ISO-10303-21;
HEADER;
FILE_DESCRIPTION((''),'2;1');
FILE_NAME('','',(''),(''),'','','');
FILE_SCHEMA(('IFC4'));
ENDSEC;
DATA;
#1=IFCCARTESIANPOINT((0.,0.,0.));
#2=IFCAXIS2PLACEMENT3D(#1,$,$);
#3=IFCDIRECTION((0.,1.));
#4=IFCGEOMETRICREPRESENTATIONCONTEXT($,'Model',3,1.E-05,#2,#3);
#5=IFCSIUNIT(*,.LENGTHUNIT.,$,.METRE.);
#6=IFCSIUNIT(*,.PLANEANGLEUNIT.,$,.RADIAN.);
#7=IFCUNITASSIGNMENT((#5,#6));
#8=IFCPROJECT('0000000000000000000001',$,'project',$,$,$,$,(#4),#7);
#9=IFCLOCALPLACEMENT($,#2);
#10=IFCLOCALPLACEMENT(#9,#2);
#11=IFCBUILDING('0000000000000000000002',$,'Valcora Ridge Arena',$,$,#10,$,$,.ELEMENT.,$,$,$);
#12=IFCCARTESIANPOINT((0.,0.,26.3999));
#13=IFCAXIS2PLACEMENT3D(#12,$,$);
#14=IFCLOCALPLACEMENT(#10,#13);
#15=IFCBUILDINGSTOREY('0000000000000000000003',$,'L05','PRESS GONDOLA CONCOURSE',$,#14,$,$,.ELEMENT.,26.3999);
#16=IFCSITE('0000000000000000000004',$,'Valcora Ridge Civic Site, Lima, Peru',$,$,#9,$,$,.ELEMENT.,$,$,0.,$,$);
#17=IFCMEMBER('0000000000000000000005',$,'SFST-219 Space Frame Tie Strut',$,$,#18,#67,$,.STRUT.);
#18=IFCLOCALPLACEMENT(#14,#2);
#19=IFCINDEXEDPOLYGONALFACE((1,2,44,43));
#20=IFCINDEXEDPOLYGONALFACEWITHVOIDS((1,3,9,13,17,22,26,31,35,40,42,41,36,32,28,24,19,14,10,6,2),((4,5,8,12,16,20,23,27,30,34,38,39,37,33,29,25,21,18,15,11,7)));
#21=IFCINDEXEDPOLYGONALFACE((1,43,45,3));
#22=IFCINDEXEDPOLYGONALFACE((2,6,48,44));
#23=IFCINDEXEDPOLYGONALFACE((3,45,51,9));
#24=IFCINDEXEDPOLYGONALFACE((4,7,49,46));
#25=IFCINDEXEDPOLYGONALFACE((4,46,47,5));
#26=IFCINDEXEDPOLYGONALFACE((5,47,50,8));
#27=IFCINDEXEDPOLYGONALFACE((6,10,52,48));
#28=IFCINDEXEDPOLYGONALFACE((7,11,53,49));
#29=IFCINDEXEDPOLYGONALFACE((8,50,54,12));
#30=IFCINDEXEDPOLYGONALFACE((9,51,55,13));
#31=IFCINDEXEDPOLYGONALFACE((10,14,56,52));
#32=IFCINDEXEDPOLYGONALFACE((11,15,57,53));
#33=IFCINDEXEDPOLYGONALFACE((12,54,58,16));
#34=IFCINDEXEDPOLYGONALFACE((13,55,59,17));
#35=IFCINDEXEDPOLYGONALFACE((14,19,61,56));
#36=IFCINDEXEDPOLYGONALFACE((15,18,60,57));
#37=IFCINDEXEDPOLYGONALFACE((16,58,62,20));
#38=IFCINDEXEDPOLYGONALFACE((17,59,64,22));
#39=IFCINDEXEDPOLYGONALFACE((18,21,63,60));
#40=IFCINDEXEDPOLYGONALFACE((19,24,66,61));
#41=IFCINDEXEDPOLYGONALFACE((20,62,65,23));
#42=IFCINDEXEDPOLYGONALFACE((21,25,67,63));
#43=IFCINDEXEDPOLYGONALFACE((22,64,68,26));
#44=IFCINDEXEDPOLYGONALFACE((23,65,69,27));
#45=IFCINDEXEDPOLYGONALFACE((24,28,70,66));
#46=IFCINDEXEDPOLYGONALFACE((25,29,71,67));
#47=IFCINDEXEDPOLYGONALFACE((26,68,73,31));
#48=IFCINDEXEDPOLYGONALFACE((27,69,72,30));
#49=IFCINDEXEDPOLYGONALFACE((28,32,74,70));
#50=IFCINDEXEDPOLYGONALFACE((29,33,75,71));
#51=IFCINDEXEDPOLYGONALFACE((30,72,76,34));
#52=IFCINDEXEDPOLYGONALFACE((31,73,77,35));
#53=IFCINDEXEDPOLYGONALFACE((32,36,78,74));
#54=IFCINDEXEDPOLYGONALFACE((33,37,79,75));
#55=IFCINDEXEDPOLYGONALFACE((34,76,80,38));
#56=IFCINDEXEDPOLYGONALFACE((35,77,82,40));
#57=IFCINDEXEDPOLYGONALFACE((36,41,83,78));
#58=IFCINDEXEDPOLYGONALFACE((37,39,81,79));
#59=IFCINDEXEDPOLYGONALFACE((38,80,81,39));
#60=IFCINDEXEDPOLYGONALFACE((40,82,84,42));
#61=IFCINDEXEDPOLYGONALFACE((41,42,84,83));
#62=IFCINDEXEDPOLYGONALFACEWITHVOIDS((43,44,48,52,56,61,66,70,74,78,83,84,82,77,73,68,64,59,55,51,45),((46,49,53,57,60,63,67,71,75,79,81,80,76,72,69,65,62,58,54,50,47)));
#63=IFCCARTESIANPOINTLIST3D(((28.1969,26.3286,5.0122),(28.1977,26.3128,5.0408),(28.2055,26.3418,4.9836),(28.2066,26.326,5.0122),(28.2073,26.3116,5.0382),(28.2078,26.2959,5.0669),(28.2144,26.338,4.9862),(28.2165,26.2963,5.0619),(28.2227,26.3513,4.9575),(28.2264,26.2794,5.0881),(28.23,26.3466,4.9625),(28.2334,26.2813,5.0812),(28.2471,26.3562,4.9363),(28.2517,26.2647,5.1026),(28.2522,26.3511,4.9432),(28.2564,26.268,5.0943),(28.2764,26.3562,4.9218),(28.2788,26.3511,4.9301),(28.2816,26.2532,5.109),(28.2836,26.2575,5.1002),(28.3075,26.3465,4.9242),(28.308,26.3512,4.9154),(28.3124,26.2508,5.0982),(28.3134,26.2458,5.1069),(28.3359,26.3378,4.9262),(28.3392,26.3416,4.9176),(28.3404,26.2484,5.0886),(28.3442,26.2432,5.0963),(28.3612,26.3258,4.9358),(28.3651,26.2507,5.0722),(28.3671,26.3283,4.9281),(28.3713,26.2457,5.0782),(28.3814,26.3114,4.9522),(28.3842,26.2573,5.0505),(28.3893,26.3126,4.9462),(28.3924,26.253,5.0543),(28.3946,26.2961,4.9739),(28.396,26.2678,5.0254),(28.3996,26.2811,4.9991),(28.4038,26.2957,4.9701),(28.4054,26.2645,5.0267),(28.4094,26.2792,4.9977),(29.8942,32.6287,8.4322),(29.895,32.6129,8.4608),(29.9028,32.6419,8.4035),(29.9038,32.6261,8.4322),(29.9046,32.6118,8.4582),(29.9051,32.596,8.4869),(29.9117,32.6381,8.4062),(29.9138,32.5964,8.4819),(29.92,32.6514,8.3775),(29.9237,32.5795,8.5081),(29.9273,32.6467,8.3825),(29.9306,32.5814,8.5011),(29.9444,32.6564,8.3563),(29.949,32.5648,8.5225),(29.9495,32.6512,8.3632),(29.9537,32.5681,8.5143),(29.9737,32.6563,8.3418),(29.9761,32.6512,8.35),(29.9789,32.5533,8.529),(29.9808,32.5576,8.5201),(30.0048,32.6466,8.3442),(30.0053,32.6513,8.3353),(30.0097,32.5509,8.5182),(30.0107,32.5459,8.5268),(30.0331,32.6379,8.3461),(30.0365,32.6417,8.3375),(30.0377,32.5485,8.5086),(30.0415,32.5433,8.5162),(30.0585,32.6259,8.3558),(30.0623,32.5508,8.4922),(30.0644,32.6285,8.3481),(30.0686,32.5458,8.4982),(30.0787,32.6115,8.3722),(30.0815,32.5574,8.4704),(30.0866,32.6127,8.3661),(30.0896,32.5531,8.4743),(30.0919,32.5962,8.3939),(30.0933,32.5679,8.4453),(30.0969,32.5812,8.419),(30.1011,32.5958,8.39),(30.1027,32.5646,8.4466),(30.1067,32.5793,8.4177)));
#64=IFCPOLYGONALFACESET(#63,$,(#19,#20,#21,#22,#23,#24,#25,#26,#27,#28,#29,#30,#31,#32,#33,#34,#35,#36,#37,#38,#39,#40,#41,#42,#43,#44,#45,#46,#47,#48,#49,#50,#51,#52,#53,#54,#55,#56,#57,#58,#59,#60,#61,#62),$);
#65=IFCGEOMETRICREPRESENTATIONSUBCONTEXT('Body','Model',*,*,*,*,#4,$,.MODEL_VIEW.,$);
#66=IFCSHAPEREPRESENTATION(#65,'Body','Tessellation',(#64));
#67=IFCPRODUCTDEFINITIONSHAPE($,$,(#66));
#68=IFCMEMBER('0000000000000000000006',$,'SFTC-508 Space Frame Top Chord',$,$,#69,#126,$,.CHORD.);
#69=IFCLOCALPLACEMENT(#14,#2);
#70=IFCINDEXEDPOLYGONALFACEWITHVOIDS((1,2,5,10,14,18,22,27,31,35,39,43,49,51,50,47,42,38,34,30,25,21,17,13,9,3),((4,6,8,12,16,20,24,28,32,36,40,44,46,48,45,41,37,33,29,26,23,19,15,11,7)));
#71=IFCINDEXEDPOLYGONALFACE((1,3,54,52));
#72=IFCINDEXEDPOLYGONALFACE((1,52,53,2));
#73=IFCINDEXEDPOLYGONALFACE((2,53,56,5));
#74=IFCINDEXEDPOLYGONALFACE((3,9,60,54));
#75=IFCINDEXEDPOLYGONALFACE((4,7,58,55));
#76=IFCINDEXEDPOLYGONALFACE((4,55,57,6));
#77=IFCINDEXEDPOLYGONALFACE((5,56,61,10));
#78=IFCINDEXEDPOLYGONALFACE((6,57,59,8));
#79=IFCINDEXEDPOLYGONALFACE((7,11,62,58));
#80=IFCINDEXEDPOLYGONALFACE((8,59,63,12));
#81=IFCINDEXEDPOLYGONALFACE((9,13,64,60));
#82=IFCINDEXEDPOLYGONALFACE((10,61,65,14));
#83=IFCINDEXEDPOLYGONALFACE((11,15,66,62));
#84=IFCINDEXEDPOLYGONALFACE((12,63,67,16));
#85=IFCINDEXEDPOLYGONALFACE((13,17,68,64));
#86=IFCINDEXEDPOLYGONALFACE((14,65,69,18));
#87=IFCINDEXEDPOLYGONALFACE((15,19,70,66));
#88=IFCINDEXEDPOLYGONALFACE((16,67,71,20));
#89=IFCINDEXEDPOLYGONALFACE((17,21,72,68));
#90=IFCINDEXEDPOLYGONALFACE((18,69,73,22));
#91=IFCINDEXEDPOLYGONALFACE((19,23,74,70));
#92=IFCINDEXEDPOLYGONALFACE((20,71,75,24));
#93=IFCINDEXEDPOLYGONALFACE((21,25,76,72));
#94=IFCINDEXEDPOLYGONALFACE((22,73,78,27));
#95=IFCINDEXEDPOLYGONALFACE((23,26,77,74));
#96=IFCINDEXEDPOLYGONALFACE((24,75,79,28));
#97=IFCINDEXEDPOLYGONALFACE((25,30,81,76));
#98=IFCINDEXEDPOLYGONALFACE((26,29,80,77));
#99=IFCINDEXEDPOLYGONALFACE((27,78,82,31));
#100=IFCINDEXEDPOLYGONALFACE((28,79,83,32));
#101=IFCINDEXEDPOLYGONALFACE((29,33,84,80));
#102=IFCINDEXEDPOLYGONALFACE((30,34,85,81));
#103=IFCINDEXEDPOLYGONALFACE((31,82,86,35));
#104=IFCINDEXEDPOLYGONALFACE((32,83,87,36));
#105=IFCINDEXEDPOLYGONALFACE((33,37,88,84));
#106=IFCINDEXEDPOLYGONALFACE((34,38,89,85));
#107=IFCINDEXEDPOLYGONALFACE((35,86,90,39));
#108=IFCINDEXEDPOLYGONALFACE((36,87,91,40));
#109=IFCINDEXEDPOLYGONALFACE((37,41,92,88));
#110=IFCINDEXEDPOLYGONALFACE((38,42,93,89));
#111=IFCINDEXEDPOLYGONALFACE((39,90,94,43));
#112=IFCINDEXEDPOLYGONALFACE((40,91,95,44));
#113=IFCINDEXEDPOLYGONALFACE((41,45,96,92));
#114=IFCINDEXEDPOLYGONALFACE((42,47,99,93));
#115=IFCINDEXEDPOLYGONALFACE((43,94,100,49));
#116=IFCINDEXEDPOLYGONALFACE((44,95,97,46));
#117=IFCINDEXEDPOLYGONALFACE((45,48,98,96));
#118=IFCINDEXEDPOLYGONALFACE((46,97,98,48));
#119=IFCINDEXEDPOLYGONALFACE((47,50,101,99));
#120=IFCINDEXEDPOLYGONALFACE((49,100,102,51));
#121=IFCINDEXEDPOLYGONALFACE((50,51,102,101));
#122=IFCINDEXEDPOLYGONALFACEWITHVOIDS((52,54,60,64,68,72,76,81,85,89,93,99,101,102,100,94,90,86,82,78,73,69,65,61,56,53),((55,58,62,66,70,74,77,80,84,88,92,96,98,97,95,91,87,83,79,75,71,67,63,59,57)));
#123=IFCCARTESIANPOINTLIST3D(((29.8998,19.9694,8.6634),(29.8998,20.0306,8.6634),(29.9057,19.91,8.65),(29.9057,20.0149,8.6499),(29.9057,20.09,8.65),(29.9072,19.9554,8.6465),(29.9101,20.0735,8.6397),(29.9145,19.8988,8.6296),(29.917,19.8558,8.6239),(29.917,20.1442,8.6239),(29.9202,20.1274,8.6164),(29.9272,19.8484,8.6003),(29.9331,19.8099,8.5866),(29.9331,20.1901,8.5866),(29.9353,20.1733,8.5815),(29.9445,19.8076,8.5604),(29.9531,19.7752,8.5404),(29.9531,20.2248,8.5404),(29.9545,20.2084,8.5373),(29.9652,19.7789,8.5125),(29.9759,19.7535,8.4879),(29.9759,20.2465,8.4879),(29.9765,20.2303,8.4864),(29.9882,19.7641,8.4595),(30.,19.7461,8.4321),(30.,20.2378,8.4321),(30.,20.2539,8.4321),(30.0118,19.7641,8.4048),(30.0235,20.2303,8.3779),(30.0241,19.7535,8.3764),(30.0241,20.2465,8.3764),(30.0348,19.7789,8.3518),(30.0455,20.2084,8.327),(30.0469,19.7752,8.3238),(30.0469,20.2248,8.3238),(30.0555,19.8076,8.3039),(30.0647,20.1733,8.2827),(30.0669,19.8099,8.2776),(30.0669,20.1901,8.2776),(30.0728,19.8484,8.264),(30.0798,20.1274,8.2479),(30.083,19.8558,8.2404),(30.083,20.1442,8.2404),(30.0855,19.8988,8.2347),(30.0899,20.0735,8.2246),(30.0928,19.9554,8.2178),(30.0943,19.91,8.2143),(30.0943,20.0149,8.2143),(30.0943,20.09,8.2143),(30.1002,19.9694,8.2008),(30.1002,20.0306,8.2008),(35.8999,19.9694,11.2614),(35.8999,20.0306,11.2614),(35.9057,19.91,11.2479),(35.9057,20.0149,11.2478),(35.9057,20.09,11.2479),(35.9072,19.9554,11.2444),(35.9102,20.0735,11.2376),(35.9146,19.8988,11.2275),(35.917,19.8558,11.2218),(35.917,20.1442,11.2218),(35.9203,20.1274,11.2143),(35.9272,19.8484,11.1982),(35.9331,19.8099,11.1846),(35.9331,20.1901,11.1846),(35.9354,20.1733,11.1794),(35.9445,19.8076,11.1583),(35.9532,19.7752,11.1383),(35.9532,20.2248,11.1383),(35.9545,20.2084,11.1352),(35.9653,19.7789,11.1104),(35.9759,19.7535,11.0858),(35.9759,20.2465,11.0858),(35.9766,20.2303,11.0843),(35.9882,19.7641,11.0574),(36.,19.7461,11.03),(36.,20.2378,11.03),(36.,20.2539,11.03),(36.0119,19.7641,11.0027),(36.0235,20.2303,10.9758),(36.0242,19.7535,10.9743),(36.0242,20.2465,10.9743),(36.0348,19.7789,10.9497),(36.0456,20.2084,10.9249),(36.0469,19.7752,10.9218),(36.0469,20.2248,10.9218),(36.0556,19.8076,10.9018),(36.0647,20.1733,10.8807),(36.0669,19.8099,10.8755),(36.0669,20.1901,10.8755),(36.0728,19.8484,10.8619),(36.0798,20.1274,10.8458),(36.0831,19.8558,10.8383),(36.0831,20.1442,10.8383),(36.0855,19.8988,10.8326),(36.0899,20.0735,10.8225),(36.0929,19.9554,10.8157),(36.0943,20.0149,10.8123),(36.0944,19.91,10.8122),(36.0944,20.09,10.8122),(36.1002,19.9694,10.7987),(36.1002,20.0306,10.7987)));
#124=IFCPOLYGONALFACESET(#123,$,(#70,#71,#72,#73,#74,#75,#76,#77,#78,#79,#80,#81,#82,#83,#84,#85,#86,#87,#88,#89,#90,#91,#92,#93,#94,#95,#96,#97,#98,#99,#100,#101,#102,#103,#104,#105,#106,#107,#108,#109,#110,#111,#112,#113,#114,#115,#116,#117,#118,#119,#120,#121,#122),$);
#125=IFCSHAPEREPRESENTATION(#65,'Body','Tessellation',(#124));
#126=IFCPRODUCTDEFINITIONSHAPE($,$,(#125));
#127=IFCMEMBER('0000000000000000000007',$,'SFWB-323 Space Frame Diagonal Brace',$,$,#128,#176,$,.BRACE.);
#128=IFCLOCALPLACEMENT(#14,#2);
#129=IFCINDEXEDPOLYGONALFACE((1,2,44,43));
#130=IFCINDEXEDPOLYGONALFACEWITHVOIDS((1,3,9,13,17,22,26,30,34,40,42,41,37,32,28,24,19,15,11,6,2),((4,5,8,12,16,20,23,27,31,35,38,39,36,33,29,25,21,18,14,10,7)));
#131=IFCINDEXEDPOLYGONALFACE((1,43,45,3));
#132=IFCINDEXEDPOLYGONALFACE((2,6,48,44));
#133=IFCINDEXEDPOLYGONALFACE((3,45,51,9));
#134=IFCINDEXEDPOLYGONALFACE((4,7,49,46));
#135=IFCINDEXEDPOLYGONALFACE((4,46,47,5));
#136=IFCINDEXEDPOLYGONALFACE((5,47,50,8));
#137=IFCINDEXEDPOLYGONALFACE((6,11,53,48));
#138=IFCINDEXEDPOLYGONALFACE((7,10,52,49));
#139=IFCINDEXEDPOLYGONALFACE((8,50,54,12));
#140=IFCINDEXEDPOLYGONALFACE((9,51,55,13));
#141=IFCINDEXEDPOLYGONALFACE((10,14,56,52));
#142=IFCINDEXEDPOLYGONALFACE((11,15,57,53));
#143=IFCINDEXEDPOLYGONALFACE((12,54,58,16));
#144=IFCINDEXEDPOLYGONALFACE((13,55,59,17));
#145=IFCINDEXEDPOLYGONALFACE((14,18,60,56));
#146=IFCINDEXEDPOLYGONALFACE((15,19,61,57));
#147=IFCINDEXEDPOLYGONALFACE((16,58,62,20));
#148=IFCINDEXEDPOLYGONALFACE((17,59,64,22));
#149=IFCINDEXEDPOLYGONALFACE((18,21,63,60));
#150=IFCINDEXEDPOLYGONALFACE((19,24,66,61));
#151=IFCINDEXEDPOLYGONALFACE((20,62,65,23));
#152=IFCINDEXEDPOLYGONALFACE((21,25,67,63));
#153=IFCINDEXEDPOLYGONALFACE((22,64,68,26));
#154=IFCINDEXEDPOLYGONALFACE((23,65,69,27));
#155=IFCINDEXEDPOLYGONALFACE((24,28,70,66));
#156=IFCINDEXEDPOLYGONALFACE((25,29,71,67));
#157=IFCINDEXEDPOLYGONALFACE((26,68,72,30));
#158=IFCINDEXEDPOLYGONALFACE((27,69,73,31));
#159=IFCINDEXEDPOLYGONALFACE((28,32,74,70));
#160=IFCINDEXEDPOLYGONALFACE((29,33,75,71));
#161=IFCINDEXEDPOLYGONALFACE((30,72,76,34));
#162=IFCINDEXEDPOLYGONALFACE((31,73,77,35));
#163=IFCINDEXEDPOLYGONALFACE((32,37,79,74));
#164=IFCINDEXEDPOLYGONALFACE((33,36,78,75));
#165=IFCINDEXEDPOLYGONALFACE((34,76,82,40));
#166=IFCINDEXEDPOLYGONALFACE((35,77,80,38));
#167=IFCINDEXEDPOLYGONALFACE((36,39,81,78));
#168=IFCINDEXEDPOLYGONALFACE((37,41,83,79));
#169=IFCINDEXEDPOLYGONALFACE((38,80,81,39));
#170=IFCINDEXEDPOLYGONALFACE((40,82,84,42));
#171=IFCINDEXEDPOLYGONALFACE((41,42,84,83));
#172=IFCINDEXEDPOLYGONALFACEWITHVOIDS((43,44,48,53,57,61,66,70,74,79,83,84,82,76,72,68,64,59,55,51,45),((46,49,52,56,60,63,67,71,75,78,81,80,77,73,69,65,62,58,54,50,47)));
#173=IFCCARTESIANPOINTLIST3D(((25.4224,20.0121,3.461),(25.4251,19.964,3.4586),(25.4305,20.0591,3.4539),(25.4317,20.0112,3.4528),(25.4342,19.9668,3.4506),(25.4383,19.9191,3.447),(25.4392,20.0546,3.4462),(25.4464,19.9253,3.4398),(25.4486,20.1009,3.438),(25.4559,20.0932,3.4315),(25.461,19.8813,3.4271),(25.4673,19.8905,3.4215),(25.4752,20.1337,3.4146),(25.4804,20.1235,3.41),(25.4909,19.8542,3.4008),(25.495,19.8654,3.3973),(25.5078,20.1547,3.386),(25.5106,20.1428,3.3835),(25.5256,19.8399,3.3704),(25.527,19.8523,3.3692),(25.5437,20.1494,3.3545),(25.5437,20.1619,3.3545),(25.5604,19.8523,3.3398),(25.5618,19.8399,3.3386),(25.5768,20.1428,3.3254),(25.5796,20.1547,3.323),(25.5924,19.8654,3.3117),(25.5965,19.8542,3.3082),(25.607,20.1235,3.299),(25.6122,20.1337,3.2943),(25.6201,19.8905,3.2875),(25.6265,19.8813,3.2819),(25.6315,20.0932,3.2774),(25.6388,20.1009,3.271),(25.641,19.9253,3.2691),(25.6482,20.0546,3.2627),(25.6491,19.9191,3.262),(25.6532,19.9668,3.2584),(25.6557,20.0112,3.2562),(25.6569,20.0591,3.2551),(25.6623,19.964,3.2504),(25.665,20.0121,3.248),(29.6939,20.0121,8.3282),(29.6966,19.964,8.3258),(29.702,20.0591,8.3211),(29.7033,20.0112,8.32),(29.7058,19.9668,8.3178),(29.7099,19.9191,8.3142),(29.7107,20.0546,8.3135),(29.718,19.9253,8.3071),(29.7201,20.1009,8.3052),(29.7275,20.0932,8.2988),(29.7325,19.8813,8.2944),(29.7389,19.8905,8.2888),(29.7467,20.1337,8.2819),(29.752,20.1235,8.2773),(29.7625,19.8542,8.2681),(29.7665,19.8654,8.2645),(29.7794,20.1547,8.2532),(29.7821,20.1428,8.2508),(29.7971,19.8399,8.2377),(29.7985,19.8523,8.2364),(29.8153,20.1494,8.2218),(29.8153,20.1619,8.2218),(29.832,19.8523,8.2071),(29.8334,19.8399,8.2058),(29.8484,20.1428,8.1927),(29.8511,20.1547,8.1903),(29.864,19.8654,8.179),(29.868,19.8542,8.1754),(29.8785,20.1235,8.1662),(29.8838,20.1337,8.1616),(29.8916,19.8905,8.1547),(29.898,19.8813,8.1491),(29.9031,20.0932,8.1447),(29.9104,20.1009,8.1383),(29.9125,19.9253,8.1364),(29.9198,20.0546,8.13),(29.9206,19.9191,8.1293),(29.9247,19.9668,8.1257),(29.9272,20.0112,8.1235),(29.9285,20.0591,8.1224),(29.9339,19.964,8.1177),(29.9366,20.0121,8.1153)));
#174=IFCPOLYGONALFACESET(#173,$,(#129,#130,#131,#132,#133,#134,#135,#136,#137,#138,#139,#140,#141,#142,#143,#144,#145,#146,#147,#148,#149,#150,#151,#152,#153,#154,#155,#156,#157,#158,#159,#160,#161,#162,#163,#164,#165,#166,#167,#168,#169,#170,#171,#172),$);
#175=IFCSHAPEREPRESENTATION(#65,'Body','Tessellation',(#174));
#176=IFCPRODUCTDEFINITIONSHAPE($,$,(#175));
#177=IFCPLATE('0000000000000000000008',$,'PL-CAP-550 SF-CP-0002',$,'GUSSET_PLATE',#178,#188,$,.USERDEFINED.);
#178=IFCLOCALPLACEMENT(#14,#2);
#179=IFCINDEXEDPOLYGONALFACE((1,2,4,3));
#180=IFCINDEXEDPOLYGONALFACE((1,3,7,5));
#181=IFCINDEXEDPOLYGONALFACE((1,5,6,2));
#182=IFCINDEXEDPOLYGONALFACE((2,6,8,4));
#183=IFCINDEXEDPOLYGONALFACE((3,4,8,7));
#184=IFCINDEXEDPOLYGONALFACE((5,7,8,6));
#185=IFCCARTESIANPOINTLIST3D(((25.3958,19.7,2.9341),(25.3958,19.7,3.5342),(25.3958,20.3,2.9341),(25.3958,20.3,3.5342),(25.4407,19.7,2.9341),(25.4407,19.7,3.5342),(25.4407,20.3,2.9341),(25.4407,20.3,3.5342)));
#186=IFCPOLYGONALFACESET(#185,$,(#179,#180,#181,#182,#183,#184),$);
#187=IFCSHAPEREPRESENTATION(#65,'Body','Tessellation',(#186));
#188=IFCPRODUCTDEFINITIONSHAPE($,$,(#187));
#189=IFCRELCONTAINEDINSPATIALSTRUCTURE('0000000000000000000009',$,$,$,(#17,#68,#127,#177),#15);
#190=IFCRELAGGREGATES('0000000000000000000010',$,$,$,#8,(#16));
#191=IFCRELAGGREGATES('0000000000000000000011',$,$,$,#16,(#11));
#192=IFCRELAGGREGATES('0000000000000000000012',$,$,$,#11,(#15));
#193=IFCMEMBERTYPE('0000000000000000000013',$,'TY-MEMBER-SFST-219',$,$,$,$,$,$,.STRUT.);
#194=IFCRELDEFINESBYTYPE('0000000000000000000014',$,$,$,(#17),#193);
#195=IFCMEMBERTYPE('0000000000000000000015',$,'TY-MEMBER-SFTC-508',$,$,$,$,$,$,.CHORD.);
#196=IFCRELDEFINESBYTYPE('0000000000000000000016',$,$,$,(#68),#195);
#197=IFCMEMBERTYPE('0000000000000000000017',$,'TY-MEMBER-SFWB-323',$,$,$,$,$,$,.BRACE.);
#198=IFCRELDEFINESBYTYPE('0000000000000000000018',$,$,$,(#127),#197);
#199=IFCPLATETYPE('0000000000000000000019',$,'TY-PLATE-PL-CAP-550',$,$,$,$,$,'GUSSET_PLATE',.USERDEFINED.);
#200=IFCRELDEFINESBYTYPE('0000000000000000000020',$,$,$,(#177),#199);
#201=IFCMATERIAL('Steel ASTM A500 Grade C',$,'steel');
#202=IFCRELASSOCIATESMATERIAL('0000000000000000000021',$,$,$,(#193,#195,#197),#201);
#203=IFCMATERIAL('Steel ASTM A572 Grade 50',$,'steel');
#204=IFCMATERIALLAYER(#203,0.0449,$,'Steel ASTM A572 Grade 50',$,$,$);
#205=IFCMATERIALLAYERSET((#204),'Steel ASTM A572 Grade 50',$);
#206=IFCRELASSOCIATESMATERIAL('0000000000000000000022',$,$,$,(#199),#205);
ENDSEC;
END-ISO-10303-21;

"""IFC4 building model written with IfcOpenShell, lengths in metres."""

from ifc_helpers import new_model, si_unit, direction, frame, origin, origin_2d, place, context, subcontext, project, spatial, rectangle, hollow_circle, extrude, material, layer, layer_set, material_profile, profile_set, type_object, element, save


model = new_model("IFC4")

# Units and contexts
model_context = context("Model", 3, precision=1e-05, world=origin(), true_north=direction((0.0, 1.0)))
body_context = subcontext(model_context, "Body", "Model", "MODEL_VIEW")
ifc_project = project(units=[si_unit("LENGTHUNIT", "METRE"), si_unit("PLANEANGLEUNIT", "RADIAN")], contexts=[model_context])

# Site, building, storey
site_placement = place(None, origin())
site = spatial("IfcSite", under=ifc_project, at=site_placement, Name="Valcora Ridge Civic Site, Lima, Peru", CompositionType="ELEMENT", RefElevation=0.0)
building_placement = place(site_placement, origin())
building = spatial("IfcBuilding", under=site, at=building_placement, Name="Valcora Ridge Arena", CompositionType="ELEMENT")
storey_placement = place(building_placement, frame((0.0, 0.0, 26.3999)))
storey = spatial("IfcBuildingStorey", under=building, at=storey_placement, Name="L05", Description="PRESS GONDOLA CONCOURSE", CompositionType="ELEMENT", Elevation=26.3999)

# Members
ifc_material_1 = material(Name="Steel ASTM A572 Grade 50", Category="steel")
ifc_material_2 = material(Name="Steel ASTM A500 Grade C", Category="steel")
ifc_material_profile_1 = material_profile(ifc_material_2, hollow_circle(Radius=0.1096, WallThickness=0.01, at=origin_2d()), Name="CHS219X10")
ifc_profile_set_1 = profile_set([ifc_material_profile_1], Name="Steel ASTM A500 Grade C")
member_type_1 = type_object("IfcMemberType", Name="TY-MEMBER-SFST-219", PredefinedType="STRUT", material=ifc_profile_set_1)
member_1_placement = place(storey_placement, frame((28.3027, 26.3, 5.0122), z_axis=(0.230399, 0.855215, 0.464245), x_axis=(-0.965573, 0.26013, 0.0)))
element("IfcMember", 1, at=member_1_placement, inside=storey, type_object=member_type_1, Name="SFST-219 Space Frame Tie Strut", PredefinedType="STRUT", context=body_context, shape_type="SweptSolid", body=[
    extrude(hollow_circle(Radius=0.1096, WallThickness=0.01, at=origin_2d()), origin(), (0.0, 0.0, 1.0), 7.3667),
])
ifc_material_profile_2 = material_profile(ifc_material_2, hollow_circle(Radius=0.2539, WallThickness=0.0161, at=origin_2d()), Name="CHS508X16")
ifc_profile_set_2 = profile_set([ifc_material_profile_2], Name="Steel ASTM A500 Grade C")
member_type_2 = type_object("IfcMemberType", Name="TY-MEMBER-SFTC-508", PredefinedType="CHORD", material=ifc_profile_set_2)
member_2_placement = place(storey_placement, frame((30.0, 20.0, 8.4321), z_axis=(0.917673, 0.0, 0.397337), x_axis=(0.0, 1.0, 0.0)))
element("IfcMember", 2, at=member_2_placement, inside=storey, type_object=member_type_2, Name="SFTC-508 Space Frame Top Chord", PredefinedType="CHORD", context=body_context, shape_type="SweptSolid", body=[
    extrude(hollow_circle(Radius=0.2539, WallThickness=0.0161, at=origin_2d()), origin(), (0.0, 0.0, 1.0), 6.5383),
])
ifc_material_profile_3 = material_profile(ifc_material_2, hollow_circle(Radius=0.1619, WallThickness=0.0125, at=origin_2d()), Name="CHS323X12")
ifc_profile_set_3 = profile_set([ifc_material_profile_3], Name="Steel ASTM A500 Grade C")
member_type_3 = type_object("IfcMemberType", Name="TY-MEMBER-SFWB-323", PredefinedType="BRACE", material=ifc_profile_set_3)
member_3_placement = place(storey_placement, frame((25.5437, 20.0, 3.3545), z_axis=(0.659614, 0.0, 0.751604), x_axis=(0.0, 1.0, 0.0)))
element("IfcMember", 3, at=member_3_placement, inside=storey, type_object=member_type_3, Name="SFWB-323 Space Frame Diagonal Brace", PredefinedType="BRACE", context=body_context, shape_type="SweptSolid", body=[
    extrude(hollow_circle(Radius=0.1619, WallThickness=0.0125, at=origin_2d()), origin(), (0.0, 0.0, 1.0), 6.4758),
])

# Plate
ifc_layer_1 = layer(ifc_material_1, 0.0449, Name="Steel ASTM A572 Grade 50")
ifc_layer_set_1 = layer_set([ifc_layer_1], Name="Steel ASTM A572 Grade 50")
plate_type_1 = type_object("IfcPlateType", Name="TY-PLATE-PL-CAP-550", ElementType="GUSSET_PLATE", PredefinedType="USERDEFINED", material=ifc_layer_set_1)
plate_1_placement = place(storey_placement, frame((25.4182, 20.0, 2.9341), z_axis=(0.0, 0.0, 1.0), x_axis=(1.0, 0.0, 0.0)))
element("IfcPlate", 4, at=plate_1_placement, inside=storey, type_object=plate_type_1, Name="PL-CAP-550 SF-CP-0002", ObjectType="GUSSET_PLATE", PredefinedType="USERDEFINED", context=body_context, shape_type="SweptSolid", body=[
    extrude(rectangle(XDim=0.0449, YDim=0.6001, at=origin_2d()), origin(), (0.0, 0.0, 1.0), 0.6001),
])

save(model, "model.ifc")
